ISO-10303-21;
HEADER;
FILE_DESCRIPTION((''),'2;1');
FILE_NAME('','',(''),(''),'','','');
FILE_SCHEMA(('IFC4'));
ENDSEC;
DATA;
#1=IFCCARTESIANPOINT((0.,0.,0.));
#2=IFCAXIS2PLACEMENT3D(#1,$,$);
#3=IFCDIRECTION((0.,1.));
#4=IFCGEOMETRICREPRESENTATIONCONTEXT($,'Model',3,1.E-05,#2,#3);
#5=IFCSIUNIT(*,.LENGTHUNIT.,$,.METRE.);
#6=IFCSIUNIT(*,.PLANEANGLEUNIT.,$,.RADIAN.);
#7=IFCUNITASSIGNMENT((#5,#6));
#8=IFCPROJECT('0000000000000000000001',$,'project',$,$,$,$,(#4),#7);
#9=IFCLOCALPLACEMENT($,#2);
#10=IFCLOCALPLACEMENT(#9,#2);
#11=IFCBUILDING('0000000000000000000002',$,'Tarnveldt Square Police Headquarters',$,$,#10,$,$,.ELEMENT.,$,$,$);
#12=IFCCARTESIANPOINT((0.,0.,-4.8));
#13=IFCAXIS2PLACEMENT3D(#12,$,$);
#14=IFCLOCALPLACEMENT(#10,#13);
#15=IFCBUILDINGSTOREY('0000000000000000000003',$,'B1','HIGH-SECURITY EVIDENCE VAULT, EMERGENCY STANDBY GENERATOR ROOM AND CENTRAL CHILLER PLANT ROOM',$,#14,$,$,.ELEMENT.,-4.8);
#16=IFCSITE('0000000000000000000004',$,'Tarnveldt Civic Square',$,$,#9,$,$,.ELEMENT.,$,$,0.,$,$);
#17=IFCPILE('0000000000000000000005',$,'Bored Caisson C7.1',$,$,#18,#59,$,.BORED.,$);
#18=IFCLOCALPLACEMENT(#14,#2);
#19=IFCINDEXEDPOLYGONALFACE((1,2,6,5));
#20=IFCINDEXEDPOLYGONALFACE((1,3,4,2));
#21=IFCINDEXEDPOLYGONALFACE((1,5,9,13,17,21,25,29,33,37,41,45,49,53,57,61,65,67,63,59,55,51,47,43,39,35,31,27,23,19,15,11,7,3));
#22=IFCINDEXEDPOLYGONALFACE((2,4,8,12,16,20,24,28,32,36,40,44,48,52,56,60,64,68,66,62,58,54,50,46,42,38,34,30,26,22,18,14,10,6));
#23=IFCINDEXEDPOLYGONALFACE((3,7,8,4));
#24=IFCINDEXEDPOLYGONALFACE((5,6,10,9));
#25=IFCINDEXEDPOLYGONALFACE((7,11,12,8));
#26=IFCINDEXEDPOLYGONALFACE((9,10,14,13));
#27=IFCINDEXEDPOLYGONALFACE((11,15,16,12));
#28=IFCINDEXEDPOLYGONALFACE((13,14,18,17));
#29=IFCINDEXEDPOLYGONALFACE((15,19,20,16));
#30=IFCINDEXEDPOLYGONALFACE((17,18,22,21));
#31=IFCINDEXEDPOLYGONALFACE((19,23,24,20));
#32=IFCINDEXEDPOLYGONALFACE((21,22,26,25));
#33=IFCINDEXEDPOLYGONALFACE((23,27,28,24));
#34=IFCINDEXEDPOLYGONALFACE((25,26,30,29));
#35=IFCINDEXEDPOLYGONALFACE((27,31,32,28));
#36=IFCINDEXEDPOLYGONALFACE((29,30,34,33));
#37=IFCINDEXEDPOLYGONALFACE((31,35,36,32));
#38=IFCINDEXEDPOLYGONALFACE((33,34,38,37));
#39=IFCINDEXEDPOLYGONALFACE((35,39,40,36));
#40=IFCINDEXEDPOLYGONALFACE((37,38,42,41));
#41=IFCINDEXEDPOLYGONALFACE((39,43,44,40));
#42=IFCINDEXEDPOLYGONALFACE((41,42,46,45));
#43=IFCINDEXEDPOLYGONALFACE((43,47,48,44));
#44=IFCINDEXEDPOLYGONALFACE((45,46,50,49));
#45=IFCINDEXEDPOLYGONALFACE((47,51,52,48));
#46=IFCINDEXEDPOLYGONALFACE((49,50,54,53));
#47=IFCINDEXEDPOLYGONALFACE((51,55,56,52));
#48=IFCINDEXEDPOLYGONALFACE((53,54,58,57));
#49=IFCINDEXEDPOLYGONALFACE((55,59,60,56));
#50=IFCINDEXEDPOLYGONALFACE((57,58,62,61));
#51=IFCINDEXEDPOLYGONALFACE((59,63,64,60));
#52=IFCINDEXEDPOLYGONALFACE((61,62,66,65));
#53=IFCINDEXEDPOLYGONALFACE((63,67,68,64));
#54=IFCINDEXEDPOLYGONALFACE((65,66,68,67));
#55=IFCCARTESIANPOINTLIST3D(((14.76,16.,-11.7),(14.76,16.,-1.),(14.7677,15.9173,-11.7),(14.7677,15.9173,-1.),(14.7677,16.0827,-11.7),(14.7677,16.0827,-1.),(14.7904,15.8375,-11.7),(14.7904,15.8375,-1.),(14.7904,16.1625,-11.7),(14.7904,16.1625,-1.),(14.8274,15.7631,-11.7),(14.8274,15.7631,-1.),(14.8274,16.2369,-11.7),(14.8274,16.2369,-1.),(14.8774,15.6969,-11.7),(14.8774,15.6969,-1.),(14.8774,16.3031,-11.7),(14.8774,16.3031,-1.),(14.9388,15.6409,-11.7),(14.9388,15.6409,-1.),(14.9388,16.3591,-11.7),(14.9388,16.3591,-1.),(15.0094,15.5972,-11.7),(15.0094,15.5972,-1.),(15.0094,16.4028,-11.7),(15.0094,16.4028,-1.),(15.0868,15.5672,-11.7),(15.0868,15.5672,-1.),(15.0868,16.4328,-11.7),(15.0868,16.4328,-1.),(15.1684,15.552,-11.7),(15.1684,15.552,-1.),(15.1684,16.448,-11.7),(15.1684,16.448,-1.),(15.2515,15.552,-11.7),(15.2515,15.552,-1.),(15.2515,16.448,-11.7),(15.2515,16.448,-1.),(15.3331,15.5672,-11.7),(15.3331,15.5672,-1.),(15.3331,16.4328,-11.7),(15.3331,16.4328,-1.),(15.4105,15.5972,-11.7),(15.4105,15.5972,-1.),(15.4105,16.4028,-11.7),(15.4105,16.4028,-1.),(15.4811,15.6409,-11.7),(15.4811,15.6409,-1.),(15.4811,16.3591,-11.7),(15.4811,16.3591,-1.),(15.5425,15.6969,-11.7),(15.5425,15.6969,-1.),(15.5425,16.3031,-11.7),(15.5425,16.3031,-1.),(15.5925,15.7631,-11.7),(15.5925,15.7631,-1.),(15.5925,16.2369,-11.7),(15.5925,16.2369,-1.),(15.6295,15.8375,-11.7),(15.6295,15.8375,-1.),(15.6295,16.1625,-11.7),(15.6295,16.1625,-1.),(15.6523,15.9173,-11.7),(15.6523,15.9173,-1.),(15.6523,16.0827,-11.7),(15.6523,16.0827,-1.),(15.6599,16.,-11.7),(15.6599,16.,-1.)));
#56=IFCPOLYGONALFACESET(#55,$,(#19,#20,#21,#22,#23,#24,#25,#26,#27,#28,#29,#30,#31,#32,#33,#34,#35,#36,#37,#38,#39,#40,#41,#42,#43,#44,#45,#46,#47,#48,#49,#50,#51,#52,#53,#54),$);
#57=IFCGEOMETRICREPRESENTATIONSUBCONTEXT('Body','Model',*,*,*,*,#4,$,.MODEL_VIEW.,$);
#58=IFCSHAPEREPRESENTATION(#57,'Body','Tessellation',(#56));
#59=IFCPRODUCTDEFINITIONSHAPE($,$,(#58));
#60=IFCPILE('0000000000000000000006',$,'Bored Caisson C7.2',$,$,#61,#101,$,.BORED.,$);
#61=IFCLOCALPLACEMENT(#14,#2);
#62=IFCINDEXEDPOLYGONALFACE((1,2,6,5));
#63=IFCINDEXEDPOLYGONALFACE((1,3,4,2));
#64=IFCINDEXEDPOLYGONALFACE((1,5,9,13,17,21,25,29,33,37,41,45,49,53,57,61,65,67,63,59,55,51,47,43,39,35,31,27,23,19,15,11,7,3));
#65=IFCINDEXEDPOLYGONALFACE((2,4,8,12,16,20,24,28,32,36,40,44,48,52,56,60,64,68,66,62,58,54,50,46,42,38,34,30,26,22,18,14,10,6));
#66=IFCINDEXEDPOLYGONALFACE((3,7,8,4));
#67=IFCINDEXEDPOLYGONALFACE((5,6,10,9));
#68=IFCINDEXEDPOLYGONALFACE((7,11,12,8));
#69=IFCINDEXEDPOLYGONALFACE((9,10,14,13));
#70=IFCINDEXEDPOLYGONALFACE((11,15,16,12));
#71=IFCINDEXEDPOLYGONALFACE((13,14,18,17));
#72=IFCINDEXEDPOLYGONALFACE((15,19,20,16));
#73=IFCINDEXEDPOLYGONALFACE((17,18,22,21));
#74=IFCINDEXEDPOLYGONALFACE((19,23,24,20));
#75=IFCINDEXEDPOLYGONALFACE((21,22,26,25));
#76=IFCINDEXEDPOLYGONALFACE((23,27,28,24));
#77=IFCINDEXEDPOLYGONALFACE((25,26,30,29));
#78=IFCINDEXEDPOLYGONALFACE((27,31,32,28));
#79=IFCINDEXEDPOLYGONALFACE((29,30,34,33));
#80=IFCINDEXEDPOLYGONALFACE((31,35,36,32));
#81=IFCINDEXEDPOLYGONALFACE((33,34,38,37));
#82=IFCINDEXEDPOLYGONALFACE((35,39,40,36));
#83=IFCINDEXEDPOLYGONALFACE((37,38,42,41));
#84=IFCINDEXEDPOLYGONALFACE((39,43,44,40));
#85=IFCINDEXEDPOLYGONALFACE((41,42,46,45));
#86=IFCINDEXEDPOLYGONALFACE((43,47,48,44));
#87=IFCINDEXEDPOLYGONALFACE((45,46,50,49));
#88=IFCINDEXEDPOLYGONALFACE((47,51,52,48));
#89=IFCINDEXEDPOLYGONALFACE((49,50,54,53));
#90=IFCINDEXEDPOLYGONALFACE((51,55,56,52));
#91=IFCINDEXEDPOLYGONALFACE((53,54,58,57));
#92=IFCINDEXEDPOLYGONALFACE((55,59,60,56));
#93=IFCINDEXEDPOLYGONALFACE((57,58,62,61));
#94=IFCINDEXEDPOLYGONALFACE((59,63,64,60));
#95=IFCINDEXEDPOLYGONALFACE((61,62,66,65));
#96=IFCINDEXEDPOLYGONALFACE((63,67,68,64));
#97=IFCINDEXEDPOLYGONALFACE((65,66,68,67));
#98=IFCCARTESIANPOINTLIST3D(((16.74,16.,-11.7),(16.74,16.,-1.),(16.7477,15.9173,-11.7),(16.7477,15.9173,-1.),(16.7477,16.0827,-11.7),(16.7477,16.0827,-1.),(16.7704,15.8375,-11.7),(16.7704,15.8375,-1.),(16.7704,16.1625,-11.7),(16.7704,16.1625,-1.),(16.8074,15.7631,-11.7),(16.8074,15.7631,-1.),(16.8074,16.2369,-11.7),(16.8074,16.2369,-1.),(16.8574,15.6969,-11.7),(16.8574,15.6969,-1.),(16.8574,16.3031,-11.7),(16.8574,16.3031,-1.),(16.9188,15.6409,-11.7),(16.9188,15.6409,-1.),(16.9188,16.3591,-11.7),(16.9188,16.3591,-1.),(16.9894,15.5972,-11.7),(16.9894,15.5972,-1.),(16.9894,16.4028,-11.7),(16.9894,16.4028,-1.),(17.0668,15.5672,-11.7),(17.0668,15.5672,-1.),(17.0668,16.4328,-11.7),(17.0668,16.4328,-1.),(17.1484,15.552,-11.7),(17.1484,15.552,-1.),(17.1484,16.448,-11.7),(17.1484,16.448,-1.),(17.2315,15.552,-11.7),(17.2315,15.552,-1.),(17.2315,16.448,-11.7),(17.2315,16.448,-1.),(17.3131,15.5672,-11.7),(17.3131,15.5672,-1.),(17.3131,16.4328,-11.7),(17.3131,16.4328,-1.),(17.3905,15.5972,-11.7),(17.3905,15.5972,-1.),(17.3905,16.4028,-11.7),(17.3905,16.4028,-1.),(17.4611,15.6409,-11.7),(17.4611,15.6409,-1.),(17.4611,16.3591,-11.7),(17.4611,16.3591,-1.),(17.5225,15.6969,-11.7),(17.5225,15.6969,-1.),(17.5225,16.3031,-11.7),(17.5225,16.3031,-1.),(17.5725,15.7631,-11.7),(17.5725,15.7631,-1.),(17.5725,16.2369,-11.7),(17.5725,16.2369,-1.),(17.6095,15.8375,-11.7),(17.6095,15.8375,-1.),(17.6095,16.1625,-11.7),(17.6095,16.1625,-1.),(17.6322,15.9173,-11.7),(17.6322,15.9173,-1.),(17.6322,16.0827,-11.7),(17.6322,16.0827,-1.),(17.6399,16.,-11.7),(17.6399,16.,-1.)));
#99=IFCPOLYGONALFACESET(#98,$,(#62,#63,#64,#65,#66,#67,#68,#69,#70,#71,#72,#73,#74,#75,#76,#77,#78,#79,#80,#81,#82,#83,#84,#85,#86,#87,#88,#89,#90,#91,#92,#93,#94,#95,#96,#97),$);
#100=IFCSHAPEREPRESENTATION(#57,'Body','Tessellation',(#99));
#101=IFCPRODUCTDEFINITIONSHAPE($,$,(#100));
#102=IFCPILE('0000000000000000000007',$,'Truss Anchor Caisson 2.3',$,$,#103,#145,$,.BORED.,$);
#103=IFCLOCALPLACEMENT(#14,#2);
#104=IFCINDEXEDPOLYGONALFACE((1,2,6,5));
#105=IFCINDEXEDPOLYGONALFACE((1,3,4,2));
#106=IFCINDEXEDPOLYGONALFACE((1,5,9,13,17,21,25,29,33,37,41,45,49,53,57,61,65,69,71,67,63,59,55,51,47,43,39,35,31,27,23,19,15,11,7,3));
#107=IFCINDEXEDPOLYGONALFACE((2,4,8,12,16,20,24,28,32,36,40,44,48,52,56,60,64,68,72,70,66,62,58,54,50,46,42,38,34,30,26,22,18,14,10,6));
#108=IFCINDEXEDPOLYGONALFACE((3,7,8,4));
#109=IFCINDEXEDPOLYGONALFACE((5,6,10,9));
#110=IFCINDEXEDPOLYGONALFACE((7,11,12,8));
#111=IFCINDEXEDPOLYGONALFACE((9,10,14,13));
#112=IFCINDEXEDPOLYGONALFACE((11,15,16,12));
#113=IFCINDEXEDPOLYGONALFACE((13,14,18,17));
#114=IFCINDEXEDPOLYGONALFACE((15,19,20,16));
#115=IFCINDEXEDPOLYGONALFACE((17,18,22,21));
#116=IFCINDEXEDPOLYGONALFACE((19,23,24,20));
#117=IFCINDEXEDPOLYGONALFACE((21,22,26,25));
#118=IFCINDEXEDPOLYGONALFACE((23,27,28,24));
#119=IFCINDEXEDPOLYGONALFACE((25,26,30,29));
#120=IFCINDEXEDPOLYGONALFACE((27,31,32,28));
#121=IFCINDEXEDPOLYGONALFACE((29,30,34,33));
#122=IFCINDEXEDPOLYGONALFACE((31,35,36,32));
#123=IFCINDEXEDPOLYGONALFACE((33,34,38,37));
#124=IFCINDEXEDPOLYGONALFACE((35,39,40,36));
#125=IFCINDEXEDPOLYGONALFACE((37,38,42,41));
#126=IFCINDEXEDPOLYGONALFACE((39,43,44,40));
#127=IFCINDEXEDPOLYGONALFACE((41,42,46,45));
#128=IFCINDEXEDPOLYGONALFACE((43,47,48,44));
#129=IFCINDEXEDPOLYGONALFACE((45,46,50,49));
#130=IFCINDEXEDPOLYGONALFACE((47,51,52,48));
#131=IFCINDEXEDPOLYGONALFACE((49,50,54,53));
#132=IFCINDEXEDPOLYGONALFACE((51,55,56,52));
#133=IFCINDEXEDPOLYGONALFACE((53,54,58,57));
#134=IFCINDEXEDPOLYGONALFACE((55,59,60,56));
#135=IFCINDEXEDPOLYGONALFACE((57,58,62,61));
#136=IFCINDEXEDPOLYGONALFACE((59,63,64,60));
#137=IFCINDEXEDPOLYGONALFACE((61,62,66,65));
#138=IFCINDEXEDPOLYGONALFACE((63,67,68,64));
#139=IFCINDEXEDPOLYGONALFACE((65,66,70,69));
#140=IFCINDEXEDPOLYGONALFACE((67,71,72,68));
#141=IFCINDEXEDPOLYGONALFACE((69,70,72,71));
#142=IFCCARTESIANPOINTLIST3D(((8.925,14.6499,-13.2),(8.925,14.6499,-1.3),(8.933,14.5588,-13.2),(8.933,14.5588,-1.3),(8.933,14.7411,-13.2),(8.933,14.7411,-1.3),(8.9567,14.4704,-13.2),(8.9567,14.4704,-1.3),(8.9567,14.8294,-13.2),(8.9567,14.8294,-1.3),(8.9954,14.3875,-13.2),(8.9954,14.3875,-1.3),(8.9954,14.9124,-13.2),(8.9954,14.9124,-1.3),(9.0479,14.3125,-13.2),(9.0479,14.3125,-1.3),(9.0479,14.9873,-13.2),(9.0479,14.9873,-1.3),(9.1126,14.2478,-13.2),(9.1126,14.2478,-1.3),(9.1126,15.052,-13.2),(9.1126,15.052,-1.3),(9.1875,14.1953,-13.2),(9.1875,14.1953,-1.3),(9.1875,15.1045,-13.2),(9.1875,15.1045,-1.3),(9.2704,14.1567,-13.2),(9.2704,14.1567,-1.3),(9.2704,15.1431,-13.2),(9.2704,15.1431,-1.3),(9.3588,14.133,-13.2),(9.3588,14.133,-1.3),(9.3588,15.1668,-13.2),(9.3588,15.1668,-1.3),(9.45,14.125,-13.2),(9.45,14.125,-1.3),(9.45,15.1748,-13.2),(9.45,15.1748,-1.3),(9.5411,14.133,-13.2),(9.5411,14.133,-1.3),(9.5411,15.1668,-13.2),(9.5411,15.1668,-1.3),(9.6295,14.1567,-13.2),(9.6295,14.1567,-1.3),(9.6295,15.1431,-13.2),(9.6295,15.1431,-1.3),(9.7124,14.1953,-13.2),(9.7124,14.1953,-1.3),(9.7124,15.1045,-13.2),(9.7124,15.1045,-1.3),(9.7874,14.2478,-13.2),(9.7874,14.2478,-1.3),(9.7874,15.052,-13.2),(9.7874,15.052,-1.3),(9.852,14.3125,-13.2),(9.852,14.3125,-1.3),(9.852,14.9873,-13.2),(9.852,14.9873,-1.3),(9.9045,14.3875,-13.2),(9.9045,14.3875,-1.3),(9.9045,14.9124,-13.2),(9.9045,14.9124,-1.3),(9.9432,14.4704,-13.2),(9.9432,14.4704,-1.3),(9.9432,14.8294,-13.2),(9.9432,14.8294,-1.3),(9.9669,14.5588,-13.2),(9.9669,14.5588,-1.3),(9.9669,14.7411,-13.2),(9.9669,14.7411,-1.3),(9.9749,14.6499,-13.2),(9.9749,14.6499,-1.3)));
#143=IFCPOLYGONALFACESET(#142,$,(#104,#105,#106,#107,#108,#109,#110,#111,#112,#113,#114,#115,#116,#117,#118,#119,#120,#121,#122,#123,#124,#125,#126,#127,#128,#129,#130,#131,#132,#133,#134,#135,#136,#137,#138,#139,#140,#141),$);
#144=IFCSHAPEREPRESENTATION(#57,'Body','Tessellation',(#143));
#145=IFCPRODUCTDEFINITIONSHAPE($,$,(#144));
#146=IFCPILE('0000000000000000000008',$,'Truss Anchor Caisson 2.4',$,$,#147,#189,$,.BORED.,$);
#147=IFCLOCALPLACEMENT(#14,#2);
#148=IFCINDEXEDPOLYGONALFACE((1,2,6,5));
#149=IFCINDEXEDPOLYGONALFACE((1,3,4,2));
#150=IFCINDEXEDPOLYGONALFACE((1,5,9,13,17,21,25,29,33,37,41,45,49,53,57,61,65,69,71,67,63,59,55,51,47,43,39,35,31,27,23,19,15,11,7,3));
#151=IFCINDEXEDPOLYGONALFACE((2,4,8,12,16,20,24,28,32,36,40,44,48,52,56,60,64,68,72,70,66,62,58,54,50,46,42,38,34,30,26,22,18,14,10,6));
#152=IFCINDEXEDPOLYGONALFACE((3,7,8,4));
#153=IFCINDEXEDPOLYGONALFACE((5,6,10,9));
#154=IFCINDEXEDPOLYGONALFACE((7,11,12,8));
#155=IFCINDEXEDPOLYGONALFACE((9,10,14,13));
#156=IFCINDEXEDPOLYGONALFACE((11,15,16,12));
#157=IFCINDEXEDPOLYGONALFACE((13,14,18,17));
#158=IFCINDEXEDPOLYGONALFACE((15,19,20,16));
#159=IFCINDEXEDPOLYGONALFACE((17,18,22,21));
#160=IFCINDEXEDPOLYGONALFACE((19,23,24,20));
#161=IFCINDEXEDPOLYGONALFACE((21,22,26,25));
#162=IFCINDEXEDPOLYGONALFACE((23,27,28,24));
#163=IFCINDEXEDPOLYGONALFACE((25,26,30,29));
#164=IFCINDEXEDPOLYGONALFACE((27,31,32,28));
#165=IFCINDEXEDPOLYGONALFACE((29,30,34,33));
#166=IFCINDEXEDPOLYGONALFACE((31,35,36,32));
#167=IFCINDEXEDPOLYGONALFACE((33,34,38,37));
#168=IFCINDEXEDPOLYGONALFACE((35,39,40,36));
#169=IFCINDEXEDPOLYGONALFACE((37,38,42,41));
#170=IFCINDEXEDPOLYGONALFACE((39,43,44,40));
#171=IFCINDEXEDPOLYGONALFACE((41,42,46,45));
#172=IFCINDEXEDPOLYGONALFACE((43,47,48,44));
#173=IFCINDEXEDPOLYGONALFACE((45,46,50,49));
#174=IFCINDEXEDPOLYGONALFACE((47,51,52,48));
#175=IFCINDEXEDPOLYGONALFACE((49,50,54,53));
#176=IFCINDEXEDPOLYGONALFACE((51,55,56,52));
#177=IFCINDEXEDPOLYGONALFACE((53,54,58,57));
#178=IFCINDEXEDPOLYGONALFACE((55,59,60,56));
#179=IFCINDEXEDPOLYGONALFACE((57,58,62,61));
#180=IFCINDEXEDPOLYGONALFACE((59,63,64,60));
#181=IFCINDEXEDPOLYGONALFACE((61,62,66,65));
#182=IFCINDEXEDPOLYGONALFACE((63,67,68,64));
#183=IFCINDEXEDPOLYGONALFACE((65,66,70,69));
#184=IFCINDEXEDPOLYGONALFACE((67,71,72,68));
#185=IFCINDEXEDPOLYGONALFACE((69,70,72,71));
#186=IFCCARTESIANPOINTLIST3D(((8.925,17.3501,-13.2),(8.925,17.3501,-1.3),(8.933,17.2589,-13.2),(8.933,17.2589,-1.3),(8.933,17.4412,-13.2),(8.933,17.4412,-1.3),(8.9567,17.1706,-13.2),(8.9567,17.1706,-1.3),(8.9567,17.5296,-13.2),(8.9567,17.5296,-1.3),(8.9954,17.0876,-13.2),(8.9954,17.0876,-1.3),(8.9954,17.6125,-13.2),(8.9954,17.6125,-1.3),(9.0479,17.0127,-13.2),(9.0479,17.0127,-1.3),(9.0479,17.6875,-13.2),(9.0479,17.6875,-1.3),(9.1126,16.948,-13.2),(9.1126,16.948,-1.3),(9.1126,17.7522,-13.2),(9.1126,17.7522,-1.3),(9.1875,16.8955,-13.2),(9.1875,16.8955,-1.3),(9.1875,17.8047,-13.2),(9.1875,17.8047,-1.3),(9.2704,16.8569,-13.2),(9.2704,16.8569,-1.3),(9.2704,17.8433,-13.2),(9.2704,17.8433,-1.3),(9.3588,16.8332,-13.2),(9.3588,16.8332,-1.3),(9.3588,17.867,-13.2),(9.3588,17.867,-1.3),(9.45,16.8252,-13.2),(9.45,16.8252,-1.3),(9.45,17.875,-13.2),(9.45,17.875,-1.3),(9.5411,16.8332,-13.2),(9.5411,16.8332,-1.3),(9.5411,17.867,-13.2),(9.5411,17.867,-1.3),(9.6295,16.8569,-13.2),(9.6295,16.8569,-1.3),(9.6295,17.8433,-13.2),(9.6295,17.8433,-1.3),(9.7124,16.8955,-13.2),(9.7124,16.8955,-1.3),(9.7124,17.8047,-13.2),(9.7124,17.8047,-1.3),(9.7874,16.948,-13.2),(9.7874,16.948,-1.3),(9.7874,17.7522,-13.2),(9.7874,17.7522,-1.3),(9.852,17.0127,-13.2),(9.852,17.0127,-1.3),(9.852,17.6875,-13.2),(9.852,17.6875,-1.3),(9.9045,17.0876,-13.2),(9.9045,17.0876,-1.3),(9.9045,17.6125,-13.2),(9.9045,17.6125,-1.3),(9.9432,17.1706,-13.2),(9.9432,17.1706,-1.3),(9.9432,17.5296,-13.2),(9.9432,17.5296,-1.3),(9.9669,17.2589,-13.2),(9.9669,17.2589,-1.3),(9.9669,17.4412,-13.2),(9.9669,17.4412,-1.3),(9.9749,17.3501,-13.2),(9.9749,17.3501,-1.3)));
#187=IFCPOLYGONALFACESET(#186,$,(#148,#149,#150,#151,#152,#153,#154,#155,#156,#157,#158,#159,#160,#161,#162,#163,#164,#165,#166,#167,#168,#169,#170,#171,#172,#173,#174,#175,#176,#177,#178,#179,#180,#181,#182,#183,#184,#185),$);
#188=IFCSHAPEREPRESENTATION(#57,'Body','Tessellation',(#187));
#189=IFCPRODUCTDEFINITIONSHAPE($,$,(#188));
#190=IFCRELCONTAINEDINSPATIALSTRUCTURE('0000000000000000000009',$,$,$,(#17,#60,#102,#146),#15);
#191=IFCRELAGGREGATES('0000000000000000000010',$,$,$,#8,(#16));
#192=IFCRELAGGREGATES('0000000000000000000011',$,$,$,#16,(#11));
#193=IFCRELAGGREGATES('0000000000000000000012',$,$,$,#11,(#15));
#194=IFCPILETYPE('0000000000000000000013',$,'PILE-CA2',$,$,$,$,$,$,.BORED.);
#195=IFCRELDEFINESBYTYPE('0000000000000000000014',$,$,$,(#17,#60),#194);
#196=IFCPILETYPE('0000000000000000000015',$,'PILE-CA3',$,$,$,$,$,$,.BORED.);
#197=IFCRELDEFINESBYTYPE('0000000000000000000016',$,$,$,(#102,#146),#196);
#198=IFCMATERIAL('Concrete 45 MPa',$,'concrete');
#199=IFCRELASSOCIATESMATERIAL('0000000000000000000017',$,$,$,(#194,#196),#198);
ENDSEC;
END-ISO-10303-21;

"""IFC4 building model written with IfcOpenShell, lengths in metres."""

from ifc_helpers import new_model, si_unit, direction, frame, origin, origin_2d, place, context, subcontext, project, spatial, circle, extrude, material, material_profile, profile_set, type_object, element, save


model = new_model("IFC4")

# Units and contexts
model_context = context("Model", 3, precision=1e-05, world=origin(), true_north=direction((0.0, 1.0)))
body_context = subcontext(model_context, "Body", "Model", "MODEL_VIEW")
ifc_project = project(units=[si_unit("LENGTHUNIT", "METRE"), si_unit("PLANEANGLEUNIT", "RADIAN")], contexts=[model_context])

# Site, building, storey
site_placement = place(None, origin())
site = spatial("IfcSite", under=ifc_project, at=site_placement, Name="Tarnveldt Civic Square", CompositionType="ELEMENT", RefElevation=0.0)
building_placement = place(site_placement, origin())
building = spatial("IfcBuilding", under=site, at=building_placement, Name="Tarnveldt Square Police Headquarters", CompositionType="ELEMENT")
storey_placement = place(building_placement, frame((0.0, 0.0, -4.8)))
storey = spatial("IfcBuildingStorey", under=building, at=storey_placement, Name="B1", Description="HIGH-SECURITY EVIDENCE VAULT, EMERGENCY STANDBY GENERATOR ROOM AND CENTRAL CHILLER PLANT ROOM", CompositionType="ELEMENT", Elevation=-4.8)

# Shared definitions
ifc_material_1 = material(Name="Concrete 45 MPa", Category="concrete")

# Piles
ifc_material_profile_1 = material_profile(ifc_material_1, circle(Radius=0.45, at=origin_2d()), Name="CAISSON-D900")
ifc_profile_set_1 = profile_set([ifc_material_profile_1], Name="Concrete 45 MPa")
pile_type_1 = type_object("IfcPileType", Name="PILE-CA2", PredefinedType="BORED", material=ifc_profile_set_1)
for number, where, z_axis, x_axis, name in (
    (1, (15.21, 16.0, -1.0), (0.0, 0.0, -1.0), (1.0, 0.0, 0.0), "Bored Caisson C7.1"),
    (2, (17.1899, 16.0, -1.0), (0.0, 0.0, -1.0), (1.0, 0.0, 0.0), "Bored Caisson C7.2"),
):
    element("IfcPile", number, at=place(storey_placement, frame(where, z_axis=z_axis, x_axis=x_axis)), inside=storey, type_object=pile_type_1, Name=name, PredefinedType="BORED", context=body_context, shape_type="SweptSolid", body=[
        extrude(circle(Radius=0.45, at=origin_2d()), origin(), (0.0, 0.0, 1.0), 10.7),
    ])
ifc_material_profile_2 = material_profile(ifc_material_1, circle(Radius=0.5249, at=origin_2d()), Name="CAISSON-D1050")
ifc_profile_set_2 = profile_set([ifc_material_profile_2], Name="Concrete 45 MPa")
pile_type_2 = type_object("IfcPileType", Name="PILE-CA3", PredefinedType="BORED", material=ifc_profile_set_2)
for number, where, z_axis, x_axis, name in (
    (3, (9.45, 14.6499, -1.3), (0.0, 0.0, -1.0), (1.0, 0.0, 0.0), "Truss Anchor Caisson 2.3"),
    (4, (9.45, 17.3501, -1.3), (0.0, 0.0, -1.0), (1.0, 0.0, 0.0), "Truss Anchor Caisson 2.4"),
):
    element("IfcPile", number, at=place(storey_placement, frame(where, z_axis=z_axis, x_axis=x_axis)), inside=storey, type_object=pile_type_2, Name=name, PredefinedType="BORED", context=body_context, shape_type="SweptSolid", body=[
        extrude(circle(Radius=0.5249, at=origin_2d()), origin(), (0.0, 0.0, 1.0), 11.8999),
    ])

save(model, "model.ifc")
